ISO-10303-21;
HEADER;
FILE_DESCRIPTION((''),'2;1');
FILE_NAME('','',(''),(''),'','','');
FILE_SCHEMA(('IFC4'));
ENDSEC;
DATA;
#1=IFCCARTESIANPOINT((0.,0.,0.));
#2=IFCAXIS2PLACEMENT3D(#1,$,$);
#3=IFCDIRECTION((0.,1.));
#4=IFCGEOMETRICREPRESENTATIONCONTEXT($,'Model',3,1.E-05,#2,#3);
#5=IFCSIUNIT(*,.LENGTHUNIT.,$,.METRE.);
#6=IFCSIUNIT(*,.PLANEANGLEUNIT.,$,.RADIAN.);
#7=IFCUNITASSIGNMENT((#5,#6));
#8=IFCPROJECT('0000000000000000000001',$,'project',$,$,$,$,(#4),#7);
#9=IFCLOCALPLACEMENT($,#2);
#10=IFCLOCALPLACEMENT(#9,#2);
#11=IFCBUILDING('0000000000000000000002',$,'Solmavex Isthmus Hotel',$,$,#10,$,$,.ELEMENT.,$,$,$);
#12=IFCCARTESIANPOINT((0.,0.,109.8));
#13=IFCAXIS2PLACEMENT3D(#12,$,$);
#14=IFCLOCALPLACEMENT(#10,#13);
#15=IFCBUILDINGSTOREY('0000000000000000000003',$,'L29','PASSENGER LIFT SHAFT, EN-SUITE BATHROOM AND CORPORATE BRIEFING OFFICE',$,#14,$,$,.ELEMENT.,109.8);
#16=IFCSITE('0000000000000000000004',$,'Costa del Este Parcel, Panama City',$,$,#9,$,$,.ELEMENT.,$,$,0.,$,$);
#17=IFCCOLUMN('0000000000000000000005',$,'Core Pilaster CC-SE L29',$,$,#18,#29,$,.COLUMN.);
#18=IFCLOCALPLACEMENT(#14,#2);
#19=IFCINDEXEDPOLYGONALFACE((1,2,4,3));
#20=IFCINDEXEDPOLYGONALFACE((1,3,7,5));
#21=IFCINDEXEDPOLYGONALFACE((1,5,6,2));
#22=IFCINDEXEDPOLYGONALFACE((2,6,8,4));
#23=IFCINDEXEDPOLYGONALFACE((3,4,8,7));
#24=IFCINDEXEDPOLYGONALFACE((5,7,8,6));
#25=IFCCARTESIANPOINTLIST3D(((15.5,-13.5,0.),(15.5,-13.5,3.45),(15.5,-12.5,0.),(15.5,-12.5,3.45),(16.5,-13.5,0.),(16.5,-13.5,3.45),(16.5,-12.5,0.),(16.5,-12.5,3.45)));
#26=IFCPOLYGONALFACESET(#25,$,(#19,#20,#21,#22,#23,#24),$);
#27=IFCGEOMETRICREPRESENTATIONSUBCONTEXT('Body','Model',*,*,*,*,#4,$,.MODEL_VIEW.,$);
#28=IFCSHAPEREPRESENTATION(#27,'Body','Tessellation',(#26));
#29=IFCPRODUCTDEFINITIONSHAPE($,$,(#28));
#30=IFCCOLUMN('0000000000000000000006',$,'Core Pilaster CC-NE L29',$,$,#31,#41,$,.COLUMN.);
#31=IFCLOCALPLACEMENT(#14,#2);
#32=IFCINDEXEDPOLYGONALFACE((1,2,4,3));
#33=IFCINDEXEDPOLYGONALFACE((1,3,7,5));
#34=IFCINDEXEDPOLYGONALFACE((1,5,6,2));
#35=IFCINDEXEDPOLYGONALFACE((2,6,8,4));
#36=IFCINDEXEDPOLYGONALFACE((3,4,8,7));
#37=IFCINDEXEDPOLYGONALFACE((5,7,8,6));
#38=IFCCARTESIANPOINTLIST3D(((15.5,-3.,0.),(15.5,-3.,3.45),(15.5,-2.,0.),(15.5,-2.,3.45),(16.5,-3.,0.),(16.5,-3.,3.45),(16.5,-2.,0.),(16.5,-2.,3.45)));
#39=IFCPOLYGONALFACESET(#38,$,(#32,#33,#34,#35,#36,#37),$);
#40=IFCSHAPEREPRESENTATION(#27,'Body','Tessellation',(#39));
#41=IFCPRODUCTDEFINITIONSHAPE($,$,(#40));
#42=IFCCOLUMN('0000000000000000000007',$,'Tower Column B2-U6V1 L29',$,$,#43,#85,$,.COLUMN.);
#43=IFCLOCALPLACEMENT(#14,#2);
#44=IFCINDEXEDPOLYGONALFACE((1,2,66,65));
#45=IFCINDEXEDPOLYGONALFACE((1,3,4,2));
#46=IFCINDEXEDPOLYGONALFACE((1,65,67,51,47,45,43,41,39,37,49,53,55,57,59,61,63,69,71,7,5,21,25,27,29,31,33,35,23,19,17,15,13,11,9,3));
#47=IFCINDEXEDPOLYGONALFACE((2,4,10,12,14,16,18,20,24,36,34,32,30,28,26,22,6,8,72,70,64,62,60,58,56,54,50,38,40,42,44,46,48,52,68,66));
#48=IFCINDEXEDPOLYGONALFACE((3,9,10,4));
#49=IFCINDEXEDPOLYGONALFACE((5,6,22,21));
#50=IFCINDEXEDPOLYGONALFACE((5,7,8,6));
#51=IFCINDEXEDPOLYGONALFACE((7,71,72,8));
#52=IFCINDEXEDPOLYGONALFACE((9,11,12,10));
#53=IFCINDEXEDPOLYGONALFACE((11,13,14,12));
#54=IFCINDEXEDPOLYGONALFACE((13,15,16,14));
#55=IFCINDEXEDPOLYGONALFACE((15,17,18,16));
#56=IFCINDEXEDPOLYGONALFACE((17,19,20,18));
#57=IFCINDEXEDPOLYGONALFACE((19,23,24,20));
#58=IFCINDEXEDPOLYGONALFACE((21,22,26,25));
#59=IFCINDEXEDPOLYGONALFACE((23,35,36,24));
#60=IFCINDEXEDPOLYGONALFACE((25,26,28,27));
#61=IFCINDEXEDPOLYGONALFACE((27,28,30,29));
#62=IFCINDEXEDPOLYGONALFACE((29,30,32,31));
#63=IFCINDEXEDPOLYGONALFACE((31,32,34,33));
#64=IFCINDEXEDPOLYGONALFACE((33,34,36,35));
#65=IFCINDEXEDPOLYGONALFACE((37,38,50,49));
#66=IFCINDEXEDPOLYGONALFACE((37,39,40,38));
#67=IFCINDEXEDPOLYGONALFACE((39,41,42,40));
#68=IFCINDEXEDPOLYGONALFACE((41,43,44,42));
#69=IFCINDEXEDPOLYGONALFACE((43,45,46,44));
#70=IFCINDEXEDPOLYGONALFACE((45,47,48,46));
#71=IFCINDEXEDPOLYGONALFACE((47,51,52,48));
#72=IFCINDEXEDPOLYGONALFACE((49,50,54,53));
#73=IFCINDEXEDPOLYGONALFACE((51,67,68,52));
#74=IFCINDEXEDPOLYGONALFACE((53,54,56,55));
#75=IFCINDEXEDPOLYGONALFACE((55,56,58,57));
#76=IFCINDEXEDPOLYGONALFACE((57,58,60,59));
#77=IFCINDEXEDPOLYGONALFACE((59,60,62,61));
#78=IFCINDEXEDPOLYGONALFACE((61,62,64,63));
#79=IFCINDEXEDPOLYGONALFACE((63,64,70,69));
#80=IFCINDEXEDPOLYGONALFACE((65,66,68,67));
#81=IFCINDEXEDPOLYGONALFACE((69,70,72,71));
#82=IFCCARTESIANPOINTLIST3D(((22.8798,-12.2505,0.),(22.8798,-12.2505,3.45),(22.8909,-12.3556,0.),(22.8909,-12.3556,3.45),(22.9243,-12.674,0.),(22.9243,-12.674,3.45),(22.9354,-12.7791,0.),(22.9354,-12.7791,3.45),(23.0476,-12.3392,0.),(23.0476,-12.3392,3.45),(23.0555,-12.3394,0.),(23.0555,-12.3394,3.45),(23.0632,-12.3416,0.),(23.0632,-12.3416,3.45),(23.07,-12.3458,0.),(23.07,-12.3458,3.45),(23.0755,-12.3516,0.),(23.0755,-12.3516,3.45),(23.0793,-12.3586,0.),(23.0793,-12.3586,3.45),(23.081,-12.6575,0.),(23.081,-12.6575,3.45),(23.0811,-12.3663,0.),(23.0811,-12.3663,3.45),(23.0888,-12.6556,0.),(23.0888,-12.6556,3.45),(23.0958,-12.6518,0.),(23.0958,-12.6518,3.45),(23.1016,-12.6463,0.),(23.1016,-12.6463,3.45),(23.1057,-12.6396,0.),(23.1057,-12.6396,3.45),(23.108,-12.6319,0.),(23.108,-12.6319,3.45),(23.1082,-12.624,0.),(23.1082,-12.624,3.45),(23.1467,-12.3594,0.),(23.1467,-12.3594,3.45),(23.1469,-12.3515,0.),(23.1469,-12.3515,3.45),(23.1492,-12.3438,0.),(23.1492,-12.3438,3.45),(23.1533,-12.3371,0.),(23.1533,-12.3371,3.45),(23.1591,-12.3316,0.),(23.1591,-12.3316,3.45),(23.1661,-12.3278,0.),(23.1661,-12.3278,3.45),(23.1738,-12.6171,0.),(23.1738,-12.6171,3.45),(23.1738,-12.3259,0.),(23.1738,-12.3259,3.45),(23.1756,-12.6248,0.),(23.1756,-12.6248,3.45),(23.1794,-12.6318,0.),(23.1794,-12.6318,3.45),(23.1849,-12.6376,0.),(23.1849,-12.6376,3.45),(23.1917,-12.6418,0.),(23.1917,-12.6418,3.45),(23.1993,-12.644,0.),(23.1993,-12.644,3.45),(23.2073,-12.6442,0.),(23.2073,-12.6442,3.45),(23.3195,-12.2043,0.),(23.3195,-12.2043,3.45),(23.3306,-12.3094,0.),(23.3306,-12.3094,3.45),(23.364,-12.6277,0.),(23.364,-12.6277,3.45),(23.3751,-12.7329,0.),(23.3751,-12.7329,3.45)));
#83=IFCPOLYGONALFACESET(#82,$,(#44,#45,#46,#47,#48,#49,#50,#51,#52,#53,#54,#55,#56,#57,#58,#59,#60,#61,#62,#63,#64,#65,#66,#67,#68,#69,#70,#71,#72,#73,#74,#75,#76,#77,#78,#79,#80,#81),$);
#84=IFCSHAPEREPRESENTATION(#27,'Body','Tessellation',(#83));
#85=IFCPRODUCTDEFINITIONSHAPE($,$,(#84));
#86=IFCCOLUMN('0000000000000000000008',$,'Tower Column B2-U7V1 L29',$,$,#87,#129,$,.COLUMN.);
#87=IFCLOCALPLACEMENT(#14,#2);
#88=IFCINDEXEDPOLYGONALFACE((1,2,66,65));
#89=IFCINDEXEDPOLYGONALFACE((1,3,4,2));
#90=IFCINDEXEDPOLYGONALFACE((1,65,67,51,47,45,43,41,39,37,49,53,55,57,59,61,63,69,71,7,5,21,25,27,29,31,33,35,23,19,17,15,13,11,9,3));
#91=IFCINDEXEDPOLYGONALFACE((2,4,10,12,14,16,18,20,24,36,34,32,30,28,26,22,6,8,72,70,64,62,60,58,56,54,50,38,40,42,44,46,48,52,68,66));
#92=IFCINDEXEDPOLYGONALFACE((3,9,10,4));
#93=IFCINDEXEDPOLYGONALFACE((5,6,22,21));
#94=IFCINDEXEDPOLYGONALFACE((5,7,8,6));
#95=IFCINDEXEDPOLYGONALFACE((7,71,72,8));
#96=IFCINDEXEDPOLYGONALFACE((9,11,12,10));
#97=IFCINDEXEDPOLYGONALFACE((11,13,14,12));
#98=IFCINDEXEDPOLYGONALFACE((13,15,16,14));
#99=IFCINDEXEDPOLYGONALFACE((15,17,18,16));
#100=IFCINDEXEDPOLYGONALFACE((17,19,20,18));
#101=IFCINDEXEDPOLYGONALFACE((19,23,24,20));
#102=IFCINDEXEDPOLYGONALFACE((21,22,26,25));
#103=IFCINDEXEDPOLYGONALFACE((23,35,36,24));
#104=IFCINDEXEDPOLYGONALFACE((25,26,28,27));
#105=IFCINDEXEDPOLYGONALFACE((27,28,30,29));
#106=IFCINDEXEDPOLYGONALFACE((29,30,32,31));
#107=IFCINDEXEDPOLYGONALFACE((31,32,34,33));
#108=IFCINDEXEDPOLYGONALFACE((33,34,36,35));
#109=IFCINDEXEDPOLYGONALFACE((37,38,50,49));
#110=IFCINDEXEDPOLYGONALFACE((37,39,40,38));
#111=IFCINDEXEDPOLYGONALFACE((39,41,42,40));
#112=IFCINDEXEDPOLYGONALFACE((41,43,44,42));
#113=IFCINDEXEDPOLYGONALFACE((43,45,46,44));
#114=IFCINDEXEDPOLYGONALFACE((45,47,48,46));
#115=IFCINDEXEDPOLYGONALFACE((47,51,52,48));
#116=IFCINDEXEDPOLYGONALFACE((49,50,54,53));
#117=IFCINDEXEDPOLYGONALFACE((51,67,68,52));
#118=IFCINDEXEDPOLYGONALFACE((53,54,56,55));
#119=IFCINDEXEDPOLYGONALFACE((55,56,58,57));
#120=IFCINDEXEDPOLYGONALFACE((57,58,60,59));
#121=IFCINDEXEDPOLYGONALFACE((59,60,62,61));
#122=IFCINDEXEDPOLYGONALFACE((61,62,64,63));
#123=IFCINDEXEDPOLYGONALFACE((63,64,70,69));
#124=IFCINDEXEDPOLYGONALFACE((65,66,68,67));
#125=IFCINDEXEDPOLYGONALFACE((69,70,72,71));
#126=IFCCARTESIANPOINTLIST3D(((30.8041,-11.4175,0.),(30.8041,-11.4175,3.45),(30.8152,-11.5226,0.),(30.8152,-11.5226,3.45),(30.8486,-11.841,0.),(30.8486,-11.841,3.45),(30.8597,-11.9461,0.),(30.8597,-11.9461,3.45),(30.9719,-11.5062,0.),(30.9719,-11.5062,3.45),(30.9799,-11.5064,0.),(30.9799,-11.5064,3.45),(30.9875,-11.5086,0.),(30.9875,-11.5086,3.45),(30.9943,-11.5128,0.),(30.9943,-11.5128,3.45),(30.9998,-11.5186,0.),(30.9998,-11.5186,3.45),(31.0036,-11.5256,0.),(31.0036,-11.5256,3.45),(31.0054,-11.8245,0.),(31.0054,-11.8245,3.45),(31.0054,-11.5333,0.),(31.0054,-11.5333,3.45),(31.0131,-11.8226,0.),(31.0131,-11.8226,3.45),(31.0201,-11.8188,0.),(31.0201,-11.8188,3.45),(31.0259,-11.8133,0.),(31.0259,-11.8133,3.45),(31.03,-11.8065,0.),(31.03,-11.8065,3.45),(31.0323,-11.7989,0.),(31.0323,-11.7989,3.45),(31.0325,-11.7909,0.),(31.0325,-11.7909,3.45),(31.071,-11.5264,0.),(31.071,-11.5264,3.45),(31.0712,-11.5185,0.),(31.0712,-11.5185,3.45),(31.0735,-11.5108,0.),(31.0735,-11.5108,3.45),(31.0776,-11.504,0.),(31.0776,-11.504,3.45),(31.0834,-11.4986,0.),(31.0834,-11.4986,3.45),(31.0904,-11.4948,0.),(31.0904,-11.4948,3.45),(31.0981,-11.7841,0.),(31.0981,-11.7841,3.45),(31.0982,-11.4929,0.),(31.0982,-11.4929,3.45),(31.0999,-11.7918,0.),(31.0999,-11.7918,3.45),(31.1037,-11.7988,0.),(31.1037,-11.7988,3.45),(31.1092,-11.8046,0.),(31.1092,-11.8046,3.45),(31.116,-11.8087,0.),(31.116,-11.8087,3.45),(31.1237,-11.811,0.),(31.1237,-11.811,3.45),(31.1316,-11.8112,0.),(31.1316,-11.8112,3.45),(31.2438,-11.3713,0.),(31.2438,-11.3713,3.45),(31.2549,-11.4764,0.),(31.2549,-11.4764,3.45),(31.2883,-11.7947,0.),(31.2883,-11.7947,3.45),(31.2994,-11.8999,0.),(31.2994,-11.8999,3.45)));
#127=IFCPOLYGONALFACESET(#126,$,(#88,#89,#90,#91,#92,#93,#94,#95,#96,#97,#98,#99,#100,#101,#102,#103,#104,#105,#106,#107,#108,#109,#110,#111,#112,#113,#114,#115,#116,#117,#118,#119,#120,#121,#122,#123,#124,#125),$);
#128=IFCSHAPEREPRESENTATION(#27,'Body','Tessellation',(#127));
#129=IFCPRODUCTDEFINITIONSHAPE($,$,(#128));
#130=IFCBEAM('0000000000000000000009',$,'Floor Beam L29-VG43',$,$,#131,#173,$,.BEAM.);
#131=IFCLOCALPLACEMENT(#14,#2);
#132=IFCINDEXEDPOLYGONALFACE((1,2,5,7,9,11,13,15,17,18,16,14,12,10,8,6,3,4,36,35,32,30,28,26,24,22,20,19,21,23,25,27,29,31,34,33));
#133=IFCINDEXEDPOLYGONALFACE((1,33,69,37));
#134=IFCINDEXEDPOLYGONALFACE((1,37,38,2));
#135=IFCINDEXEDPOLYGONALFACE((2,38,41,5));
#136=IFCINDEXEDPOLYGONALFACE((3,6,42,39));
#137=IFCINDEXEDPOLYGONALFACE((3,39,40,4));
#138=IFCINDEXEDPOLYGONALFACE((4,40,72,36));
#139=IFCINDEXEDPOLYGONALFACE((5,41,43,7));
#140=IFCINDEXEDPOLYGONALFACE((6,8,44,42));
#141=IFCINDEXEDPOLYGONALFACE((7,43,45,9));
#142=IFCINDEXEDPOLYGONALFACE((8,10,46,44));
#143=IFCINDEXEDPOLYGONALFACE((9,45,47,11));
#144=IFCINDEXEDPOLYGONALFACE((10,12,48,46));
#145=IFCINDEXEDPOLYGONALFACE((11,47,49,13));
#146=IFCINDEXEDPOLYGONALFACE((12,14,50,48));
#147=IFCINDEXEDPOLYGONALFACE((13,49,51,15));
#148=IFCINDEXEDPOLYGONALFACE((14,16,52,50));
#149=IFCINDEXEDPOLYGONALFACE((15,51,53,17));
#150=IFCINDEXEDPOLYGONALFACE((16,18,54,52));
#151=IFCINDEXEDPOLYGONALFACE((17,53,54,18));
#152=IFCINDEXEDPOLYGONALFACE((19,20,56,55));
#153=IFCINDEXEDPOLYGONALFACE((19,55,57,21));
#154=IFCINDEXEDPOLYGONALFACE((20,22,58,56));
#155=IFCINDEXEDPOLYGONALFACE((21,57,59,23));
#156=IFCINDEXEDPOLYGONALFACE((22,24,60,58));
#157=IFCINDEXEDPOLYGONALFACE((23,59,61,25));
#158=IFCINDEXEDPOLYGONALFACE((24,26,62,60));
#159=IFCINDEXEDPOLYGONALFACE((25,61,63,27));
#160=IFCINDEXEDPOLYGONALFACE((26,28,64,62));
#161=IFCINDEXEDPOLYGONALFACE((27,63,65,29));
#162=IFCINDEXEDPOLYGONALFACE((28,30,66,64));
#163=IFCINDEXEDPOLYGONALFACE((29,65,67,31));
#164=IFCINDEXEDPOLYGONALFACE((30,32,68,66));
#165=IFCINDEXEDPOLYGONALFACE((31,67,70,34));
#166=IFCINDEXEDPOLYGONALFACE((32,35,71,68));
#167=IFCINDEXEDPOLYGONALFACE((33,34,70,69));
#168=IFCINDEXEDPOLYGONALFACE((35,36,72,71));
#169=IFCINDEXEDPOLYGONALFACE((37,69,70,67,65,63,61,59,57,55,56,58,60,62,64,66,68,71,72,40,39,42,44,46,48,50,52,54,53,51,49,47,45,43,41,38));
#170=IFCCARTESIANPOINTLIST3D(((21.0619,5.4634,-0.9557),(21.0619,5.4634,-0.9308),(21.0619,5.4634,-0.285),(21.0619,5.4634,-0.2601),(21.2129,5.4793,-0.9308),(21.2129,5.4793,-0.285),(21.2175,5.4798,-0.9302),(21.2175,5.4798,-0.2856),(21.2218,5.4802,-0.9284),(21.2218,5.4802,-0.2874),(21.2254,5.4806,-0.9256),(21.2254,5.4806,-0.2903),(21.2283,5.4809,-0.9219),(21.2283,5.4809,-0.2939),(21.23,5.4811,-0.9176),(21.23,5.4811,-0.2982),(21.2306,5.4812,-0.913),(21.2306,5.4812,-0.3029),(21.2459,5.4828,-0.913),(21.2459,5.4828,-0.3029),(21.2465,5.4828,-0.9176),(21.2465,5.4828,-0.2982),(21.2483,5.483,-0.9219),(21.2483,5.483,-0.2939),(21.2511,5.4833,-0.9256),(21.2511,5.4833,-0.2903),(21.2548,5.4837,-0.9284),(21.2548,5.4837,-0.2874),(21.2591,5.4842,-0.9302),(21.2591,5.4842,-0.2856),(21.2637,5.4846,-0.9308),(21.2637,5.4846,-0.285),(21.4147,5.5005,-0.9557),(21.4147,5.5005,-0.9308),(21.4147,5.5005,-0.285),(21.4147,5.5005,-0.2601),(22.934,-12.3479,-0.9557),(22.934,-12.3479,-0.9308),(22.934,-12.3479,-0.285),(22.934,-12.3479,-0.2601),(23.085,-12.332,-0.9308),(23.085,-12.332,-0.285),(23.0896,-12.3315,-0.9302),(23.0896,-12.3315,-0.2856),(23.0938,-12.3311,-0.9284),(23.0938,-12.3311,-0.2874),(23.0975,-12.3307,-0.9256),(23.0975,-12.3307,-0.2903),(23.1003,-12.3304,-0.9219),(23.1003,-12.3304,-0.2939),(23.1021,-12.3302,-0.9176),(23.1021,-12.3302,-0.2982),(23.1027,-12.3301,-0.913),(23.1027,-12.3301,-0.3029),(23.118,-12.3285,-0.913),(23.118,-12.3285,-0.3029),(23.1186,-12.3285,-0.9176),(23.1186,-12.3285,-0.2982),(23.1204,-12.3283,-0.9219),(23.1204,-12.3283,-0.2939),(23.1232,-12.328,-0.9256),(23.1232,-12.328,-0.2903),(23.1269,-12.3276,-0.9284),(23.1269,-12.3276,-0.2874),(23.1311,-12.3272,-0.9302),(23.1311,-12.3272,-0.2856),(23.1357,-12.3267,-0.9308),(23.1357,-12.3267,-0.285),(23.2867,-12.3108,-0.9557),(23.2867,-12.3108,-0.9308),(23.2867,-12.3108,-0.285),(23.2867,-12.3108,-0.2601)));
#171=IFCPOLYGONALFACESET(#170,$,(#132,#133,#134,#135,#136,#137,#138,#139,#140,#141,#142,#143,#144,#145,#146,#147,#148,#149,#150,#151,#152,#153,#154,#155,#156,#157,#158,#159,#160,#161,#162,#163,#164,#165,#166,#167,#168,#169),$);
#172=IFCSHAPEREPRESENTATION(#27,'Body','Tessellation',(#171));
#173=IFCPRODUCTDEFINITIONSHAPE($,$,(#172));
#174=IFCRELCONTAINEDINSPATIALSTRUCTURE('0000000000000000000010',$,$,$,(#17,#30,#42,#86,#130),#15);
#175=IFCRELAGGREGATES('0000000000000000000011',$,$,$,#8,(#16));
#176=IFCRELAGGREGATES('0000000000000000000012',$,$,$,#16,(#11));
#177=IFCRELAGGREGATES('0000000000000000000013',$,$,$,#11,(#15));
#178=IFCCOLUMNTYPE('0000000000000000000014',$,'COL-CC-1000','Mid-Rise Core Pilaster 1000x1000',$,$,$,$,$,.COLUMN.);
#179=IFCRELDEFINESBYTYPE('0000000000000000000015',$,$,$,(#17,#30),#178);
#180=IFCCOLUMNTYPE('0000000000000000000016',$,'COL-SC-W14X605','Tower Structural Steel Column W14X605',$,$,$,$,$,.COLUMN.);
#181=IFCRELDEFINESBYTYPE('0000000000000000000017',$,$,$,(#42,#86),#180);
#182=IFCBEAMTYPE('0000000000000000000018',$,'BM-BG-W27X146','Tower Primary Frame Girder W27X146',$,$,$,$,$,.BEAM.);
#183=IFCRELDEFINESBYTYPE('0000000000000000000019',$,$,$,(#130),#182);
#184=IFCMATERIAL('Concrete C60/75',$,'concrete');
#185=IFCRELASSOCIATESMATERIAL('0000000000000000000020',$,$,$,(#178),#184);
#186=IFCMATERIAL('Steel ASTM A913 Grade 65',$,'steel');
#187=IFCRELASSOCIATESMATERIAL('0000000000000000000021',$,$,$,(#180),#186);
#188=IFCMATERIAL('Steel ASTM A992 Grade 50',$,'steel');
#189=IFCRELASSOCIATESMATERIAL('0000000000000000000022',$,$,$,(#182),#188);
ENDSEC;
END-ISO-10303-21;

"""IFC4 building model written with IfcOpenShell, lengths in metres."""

from ifc_helpers import new_model, si_unit, direction, frame, origin, origin_2d, place, context, subcontext, project, spatial, rectangle, i_section, extrude, material, material_profile, profile_set, type_object, element, save


model = new_model("IFC4")

# Units and contexts
model_context = context("Model", 3, precision=1e-05, world=origin(), true_north=direction((0.0, 1.0)))
body_context = subcontext(model_context, "Body", "Model", "MODEL_VIEW")
ifc_project = project(units=[si_unit("LENGTHUNIT", "METRE"), si_unit("PLANEANGLEUNIT", "RADIAN")], contexts=[model_context])

# Site, building, storey
site_placement = place(None, origin())
site = spatial("IfcSite", under=ifc_project, at=site_placement, Name="Costa del Este Parcel, Panama City", CompositionType="ELEMENT", RefElevation=0.0)
building_placement = place(site_placement, origin())
building = spatial("IfcBuilding", under=site, at=building_placement, Name="Solmavex Isthmus Hotel", CompositionType="ELEMENT")
storey_placement = place(building_placement, frame((0.0, 0.0, 109.8)))
storey = spatial("IfcBuildingStorey", under=building, at=storey_placement, Name="L29", Description="PASSENGER LIFT SHAFT, EN-SUITE BATHROOM AND CORPORATE BRIEFING OFFICE", CompositionType="ELEMENT", Elevation=109.8)

# Columns
ifc_material_1 = material(Name="Concrete C60/75", Category="concrete")
ifc_material_profile_1 = material_profile(ifc_material_1, rectangle(XDim=1.0, YDim=1.0, at=origin_2d()), Name="RC1000X1000")
ifc_profile_set_1 = profile_set([ifc_material_profile_1], Name="Concrete C60/75")
column_type_1 = type_object("IfcColumnType", Name="COL-CC-1000", Description="Mid-Rise Core Pilaster 1000x1000", PredefinedType="COLUMN", material=ifc_profile_set_1)
for number, where, z_axis, x_axis, name in (
    (1, (16.0, -13.0, 0.0), (0.0, 0.0, 1.0), (1.0, 0.0, 0.0), "Core Pilaster CC-SE L29"),
    (2, (16.0, -2.5, 0.0), (0.0, 0.0, 1.0), (1.0, 0.0, 0.0), "Core Pilaster CC-NE L29"),
):
    element("IfcColumn", number, at=place(storey_placement, frame(where, z_axis=z_axis, x_axis=x_axis)), inside=storey, type_object=column_type_1, Name=name, PredefinedType="COLUMN", context=body_context, shape_type="SweptSolid", body=[
        extrude(rectangle(XDim=1.0, YDim=1.0, at=origin_2d()), origin(), (0.0, 0.0, 1.0), 3.45),
    ])
ifc_material_2 = material(Name="Steel ASTM A913 Grade 65", Category="steel")
ifc_material_profile_2 = material_profile(ifc_material_2, i_section(OverallWidth=0.4421, OverallDepth=0.5315, WebThickness=0.0659, FlangeThickness=0.1057, FilletRadius=0.0305, at=origin_2d()), Name="W14X605")
ifc_profile_set_2 = profile_set([ifc_material_profile_2], Name="Steel ASTM A913 Grade 65")
column_type_2 = type_object("IfcColumnType", Name="COL-SC-W14X605", Description="Tower Structural Steel Column W14X605", PredefinedType="COLUMN", material=ifc_profile_set_2)
for number, where, z_axis, x_axis, name in (
    (3, (23.1274, -12.4917, 0.0), (0.0, 0.0, 1.0), (0.994522, 0.104528, 0.0), "Tower Column B2-U6V1 L29"),
    (4, (31.0518, -11.6587, 0.0), (0.0, 0.0, 1.0), (0.994522, 0.104528, 0.0), "Tower Column B2-U7V1 L29"),
):
    element("IfcColumn", number, at=place(storey_placement, frame(where, z_axis=z_axis, x_axis=x_axis)), inside=storey, type_object=column_type_2, Name=name, PredefinedType="COLUMN", context=body_context, shape_type="SweptSolid", body=[
        extrude(i_section(OverallWidth=0.4421, OverallDepth=0.5315, WebThickness=0.0659, FlangeThickness=0.1057, FilletRadius=0.0305, at=origin_2d()), origin(), (0.0, 0.0, 1.0), 3.45),
    ])

# Beam
ifc_material_3 = material(Name="Steel ASTM A992 Grade 50", Category="steel")
ifc_material_profile_3 = material_profile(ifc_material_3, i_section(OverallWidth=0.3547, OverallDepth=0.6956, WebThickness=0.0154, FlangeThickness=0.0249, FilletRadius=0.0178, at=origin_2d()), Name="W27X146")
ifc_profile_set_3 = profile_set([ifc_material_profile_3], Name="Steel ASTM A992 Grade 50")
beam_type_1 = type_object("IfcBeamType", Name="BM-BG-W27X146", Description="Tower Primary Frame Girder W27X146", PredefinedType="BEAM", material=ifc_profile_set_3)
beam_1_placement = place(storey_placement, frame((23.1104, -12.3293, -0.6079), z_axis=(-0.10453, 0.994522, 0.0), x_axis=(-0.994522, -0.10453, 0.0)))
element("IfcBeam", 5, at=beam_1_placement, inside=storey, type_object=beam_type_1, Name="Floor Beam L29-VG43", PredefinedType="BEAM", context=body_context, shape_type="SweptSolid", body=[
    extrude(i_section(OverallWidth=0.3547, OverallDepth=0.6956, WebThickness=0.0154, FlangeThickness=0.0249, FilletRadius=0.0178, at=origin_2d()), origin(), (0.0, 0.0, 1.0), 17.9094),
])

save(model, "model.ifc")
